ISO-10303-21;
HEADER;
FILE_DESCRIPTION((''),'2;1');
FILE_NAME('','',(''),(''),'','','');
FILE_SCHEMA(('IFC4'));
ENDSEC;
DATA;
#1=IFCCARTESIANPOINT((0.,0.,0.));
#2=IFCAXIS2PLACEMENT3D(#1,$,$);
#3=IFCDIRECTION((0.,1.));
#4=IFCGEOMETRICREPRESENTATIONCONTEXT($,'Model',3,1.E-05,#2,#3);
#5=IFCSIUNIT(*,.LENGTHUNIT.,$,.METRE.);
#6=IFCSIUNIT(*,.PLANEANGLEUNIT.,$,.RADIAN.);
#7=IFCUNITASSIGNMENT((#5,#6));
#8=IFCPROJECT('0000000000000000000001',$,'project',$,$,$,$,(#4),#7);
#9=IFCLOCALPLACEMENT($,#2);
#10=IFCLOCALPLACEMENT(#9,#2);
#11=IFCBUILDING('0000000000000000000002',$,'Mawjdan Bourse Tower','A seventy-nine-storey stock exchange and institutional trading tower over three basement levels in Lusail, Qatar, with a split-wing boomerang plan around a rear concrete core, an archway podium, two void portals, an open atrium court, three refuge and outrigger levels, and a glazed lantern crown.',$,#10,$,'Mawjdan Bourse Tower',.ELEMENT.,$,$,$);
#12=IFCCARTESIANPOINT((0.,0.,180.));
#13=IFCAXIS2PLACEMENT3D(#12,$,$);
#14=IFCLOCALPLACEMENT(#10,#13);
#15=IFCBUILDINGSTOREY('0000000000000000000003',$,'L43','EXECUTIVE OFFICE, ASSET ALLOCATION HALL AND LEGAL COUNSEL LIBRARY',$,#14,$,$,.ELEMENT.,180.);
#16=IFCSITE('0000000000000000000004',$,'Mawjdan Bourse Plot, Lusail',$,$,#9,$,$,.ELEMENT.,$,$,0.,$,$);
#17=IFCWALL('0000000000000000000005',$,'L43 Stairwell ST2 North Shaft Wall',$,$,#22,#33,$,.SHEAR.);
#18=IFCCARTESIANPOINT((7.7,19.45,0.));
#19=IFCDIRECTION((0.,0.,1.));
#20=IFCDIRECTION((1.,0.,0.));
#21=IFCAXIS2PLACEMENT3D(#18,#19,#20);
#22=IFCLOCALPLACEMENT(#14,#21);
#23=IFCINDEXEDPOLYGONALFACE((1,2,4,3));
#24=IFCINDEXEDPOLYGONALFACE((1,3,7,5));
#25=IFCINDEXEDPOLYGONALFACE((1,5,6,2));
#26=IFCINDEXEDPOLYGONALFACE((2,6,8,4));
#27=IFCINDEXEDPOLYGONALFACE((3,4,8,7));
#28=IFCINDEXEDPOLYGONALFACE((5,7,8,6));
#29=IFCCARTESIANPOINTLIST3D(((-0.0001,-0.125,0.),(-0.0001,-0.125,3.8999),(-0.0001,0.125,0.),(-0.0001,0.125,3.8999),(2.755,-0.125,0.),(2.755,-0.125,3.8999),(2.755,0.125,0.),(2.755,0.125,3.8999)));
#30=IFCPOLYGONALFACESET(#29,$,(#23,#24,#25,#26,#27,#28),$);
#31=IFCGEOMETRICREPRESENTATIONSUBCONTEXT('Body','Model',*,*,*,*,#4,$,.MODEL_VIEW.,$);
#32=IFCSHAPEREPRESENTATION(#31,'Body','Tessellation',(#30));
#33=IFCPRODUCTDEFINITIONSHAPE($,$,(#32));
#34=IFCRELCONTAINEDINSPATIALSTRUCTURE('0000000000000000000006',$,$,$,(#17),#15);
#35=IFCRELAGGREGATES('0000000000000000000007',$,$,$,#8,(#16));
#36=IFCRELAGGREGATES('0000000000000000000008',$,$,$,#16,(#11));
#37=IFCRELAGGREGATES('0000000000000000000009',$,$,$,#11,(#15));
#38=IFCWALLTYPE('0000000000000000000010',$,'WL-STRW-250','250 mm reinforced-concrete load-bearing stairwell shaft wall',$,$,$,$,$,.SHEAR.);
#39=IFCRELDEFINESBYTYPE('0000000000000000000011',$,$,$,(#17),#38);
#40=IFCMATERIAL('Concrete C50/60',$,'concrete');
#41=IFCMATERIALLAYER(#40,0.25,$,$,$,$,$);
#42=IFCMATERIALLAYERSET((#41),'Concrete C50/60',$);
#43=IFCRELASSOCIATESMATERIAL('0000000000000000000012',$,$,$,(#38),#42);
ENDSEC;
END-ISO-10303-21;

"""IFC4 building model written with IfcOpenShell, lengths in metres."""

from ifc_helpers import new_model, si_unit, direction, frame, frame_2d, origin, place, context, subcontext, project, spatial, rectangle, extrude, material, layer, layer_set, type_object, element, save


model = new_model("IFC4")

# Units and contexts
model_context = context("Model", 3, precision=1e-05, world=origin(), true_north=direction((0.0, 1.0)))
body_context = subcontext(model_context, "Body", "Model", "MODEL_VIEW")
ifc_project = project(units=[si_unit("LENGTHUNIT", "METRE"), si_unit("PLANEANGLEUNIT", "RADIAN")], contexts=[model_context])

# Site, building, storey
site_placement = place(None, origin())
site = spatial("IfcSite", under=ifc_project, at=site_placement, Name="Mawjdan Bourse Plot, Lusail", CompositionType="ELEMENT", RefElevation=0.0)
building_placement = place(site_placement, origin())
building = spatial("IfcBuilding", under=site, at=building_placement, Name="Mawjdan Bourse Tower", Description="A seventy-nine-storey stock exchange and institutional trading tower over three basement levels in Lusail, Qatar, with a split-wing boomerang plan around a rear concrete core, an archway podium, two void portals, an open atrium court, three refuge and outrigger levels, and a glazed lantern crown.", LongName="Mawjdan Bourse Tower", CompositionType="ELEMENT")
storey_placement = place(building_placement, frame((0.0, 0.0, 180.0)))
storey = spatial("IfcBuildingStorey", under=building, at=storey_placement, Name="L43", Description="EXECUTIVE OFFICE, ASSET ALLOCATION HALL AND LEGAL COUNSEL LIBRARY", CompositionType="ELEMENT", Elevation=180.0)

# Shared definitions
ifc_material_1 = material(Name="Concrete C50/60", Category="concrete")

# Wall
ifc_layer_1 = layer(ifc_material_1, 0.25)
ifc_layer_set_1 = layer_set([ifc_layer_1], Name="Concrete C50/60")
wall_type_1 = type_object("IfcWallType", Name="WL-STRW-250", Description="250 mm reinforced-concrete load-bearing stairwell shaft wall", PredefinedType="SHEAR", material=ifc_layer_set_1)
wall_1_placement = place(storey_placement, frame((7.7, 19.45, 0.0), z_axis=(0.0, 0.0, 1.0), x_axis=(1.0, 0.0, 0.0)))
element("IfcWall", 1, at=wall_1_placement, inside=storey, type_object=wall_type_1, Name="L43 Stairwell ST2 North Shaft Wall", PredefinedType="SHEAR", context=body_context, shape_type="SweptSolid", body=[
    extrude(rectangle(XDim=2.7551, YDim=0.25, at=frame_2d((1.3774, 0.0))), origin(), (0.0, 0.0, 1.0), 3.8999),
])

save(model, "model.ifc")
